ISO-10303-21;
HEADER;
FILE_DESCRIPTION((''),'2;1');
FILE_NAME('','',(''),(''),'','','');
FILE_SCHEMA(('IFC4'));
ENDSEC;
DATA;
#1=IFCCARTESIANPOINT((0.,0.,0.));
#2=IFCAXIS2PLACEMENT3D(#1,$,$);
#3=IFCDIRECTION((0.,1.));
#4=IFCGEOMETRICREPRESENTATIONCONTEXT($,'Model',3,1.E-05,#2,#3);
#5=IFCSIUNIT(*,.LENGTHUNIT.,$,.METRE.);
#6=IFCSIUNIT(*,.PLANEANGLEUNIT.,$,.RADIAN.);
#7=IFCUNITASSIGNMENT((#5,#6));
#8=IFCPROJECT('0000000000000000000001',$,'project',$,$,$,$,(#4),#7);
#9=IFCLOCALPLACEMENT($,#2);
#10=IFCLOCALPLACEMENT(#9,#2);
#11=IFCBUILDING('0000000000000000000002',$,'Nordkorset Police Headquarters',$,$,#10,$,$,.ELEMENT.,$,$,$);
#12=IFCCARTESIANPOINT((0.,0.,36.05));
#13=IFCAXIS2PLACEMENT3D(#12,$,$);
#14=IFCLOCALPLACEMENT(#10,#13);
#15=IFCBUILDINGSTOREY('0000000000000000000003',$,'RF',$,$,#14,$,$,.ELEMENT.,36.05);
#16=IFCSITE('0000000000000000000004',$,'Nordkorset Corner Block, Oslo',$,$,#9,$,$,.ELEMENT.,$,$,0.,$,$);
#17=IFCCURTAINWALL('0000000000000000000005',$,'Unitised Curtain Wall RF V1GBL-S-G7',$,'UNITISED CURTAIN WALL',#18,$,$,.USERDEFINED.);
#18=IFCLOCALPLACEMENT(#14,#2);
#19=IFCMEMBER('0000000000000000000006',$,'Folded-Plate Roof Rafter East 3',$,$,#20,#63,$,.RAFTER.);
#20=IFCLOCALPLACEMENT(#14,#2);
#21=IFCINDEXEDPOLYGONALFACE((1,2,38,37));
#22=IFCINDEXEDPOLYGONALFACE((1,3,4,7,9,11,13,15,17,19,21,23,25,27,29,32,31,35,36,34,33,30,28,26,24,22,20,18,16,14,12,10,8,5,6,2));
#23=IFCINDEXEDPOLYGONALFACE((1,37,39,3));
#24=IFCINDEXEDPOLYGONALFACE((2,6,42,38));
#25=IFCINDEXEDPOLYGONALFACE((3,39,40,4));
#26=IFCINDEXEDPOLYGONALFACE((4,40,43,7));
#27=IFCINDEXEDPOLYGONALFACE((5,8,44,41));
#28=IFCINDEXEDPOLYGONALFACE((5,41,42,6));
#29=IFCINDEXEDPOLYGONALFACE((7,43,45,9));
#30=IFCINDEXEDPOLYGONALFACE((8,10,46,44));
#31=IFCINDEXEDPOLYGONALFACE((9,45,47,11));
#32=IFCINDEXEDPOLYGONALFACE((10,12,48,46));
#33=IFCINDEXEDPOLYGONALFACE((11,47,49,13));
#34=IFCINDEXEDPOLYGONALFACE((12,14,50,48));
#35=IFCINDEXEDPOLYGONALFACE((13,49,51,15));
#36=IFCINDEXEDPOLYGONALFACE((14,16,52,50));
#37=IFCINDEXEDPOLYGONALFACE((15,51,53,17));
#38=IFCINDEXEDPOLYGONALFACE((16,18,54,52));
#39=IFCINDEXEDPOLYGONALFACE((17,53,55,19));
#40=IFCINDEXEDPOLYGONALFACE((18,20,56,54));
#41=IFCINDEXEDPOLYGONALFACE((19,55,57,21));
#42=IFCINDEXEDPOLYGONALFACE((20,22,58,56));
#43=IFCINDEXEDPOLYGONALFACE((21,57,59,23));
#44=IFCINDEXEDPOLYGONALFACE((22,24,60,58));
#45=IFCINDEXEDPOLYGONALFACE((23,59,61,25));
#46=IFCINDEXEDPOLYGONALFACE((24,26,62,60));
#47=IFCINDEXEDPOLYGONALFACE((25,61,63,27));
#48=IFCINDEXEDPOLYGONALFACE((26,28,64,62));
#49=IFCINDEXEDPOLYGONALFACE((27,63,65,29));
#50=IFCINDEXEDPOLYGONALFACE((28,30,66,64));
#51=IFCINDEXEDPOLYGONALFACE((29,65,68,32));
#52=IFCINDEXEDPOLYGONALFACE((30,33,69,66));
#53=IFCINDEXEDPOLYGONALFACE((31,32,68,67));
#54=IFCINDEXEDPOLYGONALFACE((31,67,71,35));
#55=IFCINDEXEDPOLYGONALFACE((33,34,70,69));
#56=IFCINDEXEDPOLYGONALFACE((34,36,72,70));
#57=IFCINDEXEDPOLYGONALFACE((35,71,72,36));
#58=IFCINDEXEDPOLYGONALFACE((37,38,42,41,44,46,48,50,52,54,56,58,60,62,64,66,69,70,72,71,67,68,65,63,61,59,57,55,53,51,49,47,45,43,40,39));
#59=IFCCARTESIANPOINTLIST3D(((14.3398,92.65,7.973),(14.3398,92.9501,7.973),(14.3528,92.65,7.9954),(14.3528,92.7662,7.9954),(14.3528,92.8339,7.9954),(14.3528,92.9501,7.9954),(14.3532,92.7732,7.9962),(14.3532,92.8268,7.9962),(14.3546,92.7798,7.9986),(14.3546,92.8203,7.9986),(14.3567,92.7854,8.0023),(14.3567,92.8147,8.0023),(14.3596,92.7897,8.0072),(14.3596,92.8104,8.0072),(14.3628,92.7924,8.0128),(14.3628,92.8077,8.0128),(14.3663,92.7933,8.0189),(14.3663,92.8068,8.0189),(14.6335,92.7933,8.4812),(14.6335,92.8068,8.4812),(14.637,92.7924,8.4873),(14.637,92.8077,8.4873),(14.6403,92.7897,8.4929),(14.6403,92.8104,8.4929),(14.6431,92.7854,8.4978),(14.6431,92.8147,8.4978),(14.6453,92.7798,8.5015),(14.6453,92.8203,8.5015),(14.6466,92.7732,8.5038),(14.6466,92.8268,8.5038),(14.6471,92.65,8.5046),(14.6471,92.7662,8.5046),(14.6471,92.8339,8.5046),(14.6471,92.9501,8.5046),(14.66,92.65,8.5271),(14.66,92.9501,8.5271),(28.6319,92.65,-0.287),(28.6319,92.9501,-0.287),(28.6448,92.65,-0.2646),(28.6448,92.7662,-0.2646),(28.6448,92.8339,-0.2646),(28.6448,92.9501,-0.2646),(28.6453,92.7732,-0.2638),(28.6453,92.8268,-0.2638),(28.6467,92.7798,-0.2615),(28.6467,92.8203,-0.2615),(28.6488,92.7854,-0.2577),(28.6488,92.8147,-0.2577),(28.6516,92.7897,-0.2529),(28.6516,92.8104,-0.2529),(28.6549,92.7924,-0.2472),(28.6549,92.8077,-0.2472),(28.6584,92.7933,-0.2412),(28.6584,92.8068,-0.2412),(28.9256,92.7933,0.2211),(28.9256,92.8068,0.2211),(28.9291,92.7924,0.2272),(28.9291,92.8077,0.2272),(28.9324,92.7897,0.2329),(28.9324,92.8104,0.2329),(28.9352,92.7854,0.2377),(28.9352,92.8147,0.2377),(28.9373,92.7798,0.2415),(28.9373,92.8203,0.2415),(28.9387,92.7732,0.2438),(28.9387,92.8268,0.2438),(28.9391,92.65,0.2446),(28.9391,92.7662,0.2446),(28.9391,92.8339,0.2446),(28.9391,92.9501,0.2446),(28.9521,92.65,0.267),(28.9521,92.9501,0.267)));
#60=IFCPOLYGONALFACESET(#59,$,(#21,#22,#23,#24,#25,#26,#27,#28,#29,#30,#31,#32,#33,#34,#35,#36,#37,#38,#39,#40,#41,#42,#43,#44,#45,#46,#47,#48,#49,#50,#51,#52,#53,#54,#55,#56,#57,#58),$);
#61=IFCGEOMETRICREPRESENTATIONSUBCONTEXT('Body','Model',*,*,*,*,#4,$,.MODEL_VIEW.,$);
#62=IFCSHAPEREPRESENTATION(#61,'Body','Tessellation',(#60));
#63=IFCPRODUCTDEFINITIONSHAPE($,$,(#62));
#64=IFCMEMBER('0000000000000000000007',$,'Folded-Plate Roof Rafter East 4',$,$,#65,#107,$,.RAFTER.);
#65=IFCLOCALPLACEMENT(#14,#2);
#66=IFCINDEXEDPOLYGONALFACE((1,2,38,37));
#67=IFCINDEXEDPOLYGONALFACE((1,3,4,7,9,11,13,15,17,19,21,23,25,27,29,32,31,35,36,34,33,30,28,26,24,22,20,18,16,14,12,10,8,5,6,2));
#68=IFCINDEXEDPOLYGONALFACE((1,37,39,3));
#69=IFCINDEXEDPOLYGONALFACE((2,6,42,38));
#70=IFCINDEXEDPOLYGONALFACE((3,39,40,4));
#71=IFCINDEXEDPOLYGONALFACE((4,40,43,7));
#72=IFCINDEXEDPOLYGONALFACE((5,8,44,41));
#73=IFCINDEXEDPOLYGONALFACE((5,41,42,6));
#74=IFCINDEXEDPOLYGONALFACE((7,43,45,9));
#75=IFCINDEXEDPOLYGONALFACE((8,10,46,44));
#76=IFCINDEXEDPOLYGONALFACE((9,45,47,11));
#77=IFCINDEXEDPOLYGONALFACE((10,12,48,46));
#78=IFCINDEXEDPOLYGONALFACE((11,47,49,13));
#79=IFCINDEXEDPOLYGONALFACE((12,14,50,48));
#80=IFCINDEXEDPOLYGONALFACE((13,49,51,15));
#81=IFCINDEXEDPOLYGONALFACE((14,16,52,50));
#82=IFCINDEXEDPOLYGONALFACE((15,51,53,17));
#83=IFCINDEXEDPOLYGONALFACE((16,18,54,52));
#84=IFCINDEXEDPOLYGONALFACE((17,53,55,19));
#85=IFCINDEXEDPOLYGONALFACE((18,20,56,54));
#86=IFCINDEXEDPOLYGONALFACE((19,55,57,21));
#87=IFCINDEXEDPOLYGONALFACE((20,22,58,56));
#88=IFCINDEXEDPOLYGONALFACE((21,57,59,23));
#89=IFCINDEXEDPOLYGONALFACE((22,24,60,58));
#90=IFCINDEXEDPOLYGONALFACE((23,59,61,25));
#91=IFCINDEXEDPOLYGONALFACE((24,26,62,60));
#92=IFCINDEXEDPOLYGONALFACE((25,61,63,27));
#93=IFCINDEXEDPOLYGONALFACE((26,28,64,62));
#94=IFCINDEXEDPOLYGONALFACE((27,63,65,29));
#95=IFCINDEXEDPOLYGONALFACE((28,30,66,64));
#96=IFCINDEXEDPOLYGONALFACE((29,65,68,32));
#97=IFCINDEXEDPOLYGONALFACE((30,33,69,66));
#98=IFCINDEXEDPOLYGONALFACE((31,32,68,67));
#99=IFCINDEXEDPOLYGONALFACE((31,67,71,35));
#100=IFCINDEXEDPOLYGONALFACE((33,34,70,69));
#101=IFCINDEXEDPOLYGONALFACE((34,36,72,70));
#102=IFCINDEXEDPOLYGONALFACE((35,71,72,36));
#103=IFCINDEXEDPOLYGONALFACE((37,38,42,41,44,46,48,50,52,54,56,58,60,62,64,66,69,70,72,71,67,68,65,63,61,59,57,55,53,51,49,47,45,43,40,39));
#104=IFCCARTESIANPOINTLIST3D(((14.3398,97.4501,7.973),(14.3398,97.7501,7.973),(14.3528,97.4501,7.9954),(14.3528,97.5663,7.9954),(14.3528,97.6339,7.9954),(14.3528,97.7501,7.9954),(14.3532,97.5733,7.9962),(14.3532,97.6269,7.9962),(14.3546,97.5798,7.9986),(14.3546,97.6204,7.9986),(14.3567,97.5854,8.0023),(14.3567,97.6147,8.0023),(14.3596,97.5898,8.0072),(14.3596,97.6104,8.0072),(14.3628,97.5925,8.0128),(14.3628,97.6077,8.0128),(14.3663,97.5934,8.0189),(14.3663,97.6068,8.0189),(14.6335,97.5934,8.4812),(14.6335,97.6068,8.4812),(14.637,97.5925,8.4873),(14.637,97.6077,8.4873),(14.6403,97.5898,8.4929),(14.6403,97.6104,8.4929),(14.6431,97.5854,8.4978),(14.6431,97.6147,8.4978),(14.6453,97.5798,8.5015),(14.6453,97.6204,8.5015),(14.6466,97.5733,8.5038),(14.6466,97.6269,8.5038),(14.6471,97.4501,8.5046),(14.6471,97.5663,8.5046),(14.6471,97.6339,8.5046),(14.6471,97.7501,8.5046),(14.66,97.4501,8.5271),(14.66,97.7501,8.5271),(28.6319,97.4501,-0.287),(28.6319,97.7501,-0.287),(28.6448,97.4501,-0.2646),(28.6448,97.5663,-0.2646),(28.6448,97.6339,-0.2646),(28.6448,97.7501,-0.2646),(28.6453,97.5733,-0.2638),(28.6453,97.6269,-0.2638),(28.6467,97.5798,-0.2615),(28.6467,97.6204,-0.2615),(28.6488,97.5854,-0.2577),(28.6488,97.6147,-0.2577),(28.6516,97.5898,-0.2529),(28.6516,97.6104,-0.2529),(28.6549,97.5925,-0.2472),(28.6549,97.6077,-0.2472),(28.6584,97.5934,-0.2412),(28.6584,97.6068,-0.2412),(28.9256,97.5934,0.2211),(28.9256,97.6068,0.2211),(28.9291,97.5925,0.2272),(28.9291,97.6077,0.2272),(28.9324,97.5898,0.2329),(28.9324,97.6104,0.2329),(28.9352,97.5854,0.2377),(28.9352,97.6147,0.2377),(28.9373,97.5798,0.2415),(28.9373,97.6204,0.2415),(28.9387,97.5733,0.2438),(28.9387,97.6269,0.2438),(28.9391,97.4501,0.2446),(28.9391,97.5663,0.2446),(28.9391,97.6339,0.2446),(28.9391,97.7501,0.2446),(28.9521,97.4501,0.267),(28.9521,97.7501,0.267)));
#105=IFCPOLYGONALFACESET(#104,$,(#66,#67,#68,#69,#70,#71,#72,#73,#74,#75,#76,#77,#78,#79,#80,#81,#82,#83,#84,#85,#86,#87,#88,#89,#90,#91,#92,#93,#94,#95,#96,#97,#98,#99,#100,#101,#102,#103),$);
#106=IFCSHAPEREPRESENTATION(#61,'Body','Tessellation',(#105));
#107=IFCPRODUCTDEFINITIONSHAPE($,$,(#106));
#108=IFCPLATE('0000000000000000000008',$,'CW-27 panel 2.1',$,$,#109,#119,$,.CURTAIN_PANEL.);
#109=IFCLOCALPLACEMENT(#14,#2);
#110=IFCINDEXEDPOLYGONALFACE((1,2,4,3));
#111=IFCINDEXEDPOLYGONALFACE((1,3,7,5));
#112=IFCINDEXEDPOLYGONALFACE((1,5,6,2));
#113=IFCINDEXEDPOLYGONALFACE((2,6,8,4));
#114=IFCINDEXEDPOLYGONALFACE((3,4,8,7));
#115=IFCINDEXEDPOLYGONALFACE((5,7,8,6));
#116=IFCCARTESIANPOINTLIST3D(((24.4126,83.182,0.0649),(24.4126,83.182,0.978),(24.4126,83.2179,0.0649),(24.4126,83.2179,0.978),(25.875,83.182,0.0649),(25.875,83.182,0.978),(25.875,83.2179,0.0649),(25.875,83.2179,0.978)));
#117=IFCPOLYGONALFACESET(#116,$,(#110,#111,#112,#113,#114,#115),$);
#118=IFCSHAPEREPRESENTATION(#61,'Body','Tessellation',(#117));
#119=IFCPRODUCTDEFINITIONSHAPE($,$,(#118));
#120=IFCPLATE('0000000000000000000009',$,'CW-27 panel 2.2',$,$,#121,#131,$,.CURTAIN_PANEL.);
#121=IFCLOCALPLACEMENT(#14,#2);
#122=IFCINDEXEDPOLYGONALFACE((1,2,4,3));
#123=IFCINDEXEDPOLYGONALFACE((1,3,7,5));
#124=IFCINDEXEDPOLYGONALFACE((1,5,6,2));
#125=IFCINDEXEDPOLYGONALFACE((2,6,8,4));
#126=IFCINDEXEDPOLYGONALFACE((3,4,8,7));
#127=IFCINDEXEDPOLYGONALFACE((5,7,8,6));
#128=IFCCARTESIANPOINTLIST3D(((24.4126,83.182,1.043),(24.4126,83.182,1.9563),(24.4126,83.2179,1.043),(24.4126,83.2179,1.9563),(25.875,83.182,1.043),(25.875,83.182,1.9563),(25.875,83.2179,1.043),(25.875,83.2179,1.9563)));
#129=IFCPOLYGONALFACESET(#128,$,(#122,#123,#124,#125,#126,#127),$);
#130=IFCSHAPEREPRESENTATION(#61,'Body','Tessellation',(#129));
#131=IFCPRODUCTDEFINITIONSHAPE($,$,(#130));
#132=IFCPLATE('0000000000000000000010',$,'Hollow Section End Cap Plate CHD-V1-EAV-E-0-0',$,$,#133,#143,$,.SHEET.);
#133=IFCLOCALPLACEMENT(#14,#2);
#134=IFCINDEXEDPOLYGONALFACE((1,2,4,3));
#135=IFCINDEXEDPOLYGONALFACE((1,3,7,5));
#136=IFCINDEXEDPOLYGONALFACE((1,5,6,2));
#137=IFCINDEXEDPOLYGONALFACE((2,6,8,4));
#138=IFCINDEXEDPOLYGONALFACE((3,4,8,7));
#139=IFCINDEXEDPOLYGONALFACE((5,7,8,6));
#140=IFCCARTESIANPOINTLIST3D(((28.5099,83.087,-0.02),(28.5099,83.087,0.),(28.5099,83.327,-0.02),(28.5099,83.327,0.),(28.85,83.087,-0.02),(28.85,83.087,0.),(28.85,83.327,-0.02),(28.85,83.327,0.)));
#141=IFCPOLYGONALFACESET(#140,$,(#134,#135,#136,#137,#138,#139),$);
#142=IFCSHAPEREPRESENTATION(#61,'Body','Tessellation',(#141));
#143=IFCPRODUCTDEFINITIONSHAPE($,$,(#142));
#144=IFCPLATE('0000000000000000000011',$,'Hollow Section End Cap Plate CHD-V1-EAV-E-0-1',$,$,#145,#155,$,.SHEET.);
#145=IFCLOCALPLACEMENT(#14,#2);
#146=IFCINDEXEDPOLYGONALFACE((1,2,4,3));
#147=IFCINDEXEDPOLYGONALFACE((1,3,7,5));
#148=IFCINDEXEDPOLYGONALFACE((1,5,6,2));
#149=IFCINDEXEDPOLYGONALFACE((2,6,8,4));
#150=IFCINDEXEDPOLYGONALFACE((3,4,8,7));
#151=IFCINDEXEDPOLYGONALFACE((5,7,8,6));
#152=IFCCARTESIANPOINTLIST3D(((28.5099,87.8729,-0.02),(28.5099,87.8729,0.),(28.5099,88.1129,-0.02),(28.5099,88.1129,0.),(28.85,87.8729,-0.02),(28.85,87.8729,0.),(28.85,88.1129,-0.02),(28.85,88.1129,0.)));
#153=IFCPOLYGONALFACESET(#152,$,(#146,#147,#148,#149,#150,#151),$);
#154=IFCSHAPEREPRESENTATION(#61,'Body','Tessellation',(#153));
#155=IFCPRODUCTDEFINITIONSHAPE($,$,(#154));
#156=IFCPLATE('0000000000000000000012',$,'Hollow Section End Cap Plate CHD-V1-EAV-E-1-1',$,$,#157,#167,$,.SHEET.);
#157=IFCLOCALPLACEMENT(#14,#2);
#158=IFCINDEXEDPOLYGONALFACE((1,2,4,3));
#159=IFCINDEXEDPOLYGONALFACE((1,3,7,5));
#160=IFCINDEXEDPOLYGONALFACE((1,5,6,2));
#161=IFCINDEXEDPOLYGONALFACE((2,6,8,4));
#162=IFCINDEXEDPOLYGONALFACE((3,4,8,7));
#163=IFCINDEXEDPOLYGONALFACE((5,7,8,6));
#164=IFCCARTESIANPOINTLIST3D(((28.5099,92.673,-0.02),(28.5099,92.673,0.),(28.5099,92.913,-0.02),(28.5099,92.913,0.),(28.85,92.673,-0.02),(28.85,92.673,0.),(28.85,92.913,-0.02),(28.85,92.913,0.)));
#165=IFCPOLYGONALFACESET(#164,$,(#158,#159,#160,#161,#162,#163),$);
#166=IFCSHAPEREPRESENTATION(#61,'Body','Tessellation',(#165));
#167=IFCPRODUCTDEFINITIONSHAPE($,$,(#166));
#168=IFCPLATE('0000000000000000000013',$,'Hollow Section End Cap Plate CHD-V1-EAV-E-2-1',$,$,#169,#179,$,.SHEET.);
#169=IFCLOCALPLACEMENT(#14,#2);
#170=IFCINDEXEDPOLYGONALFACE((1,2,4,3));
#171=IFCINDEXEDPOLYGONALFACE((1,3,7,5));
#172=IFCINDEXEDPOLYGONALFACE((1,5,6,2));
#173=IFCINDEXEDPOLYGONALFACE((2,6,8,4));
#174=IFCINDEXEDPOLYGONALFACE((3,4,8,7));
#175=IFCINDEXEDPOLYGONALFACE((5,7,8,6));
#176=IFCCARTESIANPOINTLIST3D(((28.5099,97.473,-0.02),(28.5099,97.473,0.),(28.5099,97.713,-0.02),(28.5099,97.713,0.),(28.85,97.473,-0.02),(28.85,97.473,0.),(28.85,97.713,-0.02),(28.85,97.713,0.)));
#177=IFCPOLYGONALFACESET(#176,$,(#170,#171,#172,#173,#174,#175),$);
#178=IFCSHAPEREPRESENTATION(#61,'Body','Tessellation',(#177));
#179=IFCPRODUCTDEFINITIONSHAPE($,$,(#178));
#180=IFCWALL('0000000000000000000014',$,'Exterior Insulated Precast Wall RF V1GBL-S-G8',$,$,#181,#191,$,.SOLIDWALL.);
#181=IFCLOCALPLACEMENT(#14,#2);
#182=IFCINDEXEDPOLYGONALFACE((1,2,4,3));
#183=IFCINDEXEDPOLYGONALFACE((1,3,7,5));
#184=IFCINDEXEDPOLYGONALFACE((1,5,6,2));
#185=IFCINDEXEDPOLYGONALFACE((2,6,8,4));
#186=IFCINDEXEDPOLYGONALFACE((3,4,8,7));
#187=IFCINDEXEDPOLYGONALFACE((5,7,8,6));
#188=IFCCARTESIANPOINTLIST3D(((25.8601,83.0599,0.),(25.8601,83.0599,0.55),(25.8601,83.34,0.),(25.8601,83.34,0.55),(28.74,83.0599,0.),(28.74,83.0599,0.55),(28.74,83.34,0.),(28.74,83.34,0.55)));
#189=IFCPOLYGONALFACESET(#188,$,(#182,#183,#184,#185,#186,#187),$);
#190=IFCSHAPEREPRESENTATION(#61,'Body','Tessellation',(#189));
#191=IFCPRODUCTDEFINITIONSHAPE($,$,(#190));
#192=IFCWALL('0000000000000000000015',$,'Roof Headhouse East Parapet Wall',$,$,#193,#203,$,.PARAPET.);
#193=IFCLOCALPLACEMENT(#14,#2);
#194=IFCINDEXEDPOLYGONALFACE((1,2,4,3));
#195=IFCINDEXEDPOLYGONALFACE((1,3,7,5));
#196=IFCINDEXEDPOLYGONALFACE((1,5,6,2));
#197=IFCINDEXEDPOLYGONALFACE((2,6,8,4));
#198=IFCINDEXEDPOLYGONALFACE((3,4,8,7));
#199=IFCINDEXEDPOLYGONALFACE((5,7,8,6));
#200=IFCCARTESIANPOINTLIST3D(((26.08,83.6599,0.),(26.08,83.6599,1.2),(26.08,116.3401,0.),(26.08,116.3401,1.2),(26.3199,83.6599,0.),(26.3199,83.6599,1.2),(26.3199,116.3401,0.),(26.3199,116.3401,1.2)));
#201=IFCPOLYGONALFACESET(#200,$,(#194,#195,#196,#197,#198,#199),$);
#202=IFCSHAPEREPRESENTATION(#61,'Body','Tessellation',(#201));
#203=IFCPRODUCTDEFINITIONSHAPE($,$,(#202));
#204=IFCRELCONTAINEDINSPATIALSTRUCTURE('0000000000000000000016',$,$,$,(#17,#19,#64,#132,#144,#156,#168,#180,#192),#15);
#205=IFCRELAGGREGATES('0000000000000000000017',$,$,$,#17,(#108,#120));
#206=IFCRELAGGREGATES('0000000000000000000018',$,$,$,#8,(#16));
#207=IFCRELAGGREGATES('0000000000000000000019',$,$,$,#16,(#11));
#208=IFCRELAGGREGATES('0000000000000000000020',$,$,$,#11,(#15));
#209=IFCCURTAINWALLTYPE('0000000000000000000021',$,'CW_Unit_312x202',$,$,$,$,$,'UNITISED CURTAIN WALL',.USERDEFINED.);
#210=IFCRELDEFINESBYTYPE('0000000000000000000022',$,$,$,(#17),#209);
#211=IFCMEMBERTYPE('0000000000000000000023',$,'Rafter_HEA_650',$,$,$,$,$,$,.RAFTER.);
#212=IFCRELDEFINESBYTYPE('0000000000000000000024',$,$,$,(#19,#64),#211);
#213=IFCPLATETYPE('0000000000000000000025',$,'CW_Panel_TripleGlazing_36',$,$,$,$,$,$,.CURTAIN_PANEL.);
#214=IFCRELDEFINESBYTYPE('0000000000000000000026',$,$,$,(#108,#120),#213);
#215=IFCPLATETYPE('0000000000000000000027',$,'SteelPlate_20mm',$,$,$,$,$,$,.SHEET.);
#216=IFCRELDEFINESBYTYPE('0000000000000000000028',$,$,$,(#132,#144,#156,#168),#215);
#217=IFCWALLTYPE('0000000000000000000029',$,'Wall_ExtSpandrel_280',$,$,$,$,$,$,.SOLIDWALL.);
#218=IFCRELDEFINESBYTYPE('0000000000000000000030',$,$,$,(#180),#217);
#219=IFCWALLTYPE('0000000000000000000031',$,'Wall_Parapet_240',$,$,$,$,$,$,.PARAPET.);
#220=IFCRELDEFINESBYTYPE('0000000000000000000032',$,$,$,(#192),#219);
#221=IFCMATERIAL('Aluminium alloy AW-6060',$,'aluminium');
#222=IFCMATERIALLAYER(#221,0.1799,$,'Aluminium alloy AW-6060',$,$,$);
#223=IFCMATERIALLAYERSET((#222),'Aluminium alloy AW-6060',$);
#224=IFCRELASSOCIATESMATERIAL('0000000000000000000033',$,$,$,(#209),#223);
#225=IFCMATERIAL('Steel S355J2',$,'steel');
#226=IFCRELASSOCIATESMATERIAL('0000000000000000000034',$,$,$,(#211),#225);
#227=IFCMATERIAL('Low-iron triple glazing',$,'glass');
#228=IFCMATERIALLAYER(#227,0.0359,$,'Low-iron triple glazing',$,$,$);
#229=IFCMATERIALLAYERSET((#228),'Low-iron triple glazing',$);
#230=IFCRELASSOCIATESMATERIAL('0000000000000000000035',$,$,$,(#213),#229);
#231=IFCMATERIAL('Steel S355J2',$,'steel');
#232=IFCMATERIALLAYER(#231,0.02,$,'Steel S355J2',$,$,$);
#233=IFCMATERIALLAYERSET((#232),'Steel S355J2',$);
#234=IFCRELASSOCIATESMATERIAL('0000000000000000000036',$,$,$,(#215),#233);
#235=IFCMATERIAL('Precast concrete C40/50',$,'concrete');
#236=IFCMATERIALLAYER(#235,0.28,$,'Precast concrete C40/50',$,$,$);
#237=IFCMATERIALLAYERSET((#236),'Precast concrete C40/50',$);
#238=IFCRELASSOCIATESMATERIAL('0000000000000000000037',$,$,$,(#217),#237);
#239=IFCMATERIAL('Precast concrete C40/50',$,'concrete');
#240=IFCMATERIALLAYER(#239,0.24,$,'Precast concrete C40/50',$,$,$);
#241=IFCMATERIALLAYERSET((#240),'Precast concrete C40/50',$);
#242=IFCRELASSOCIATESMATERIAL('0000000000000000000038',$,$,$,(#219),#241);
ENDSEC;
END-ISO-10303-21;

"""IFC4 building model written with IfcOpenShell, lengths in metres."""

from ifc_helpers import new_model, si_unit, direction, frame, frame_2d, origin, origin_2d, place, context, subcontext, project, spatial, rectangle, i_section, extrude, material, layer, layer_set, material_profile, profile_set, type_object, element, aggregate, save


model = new_model("IFC4")

# Units and contexts
model_context = context("Model", 3, precision=1e-05, world=origin(), true_north=direction((0.0, 1.0)))
body_context = subcontext(model_context, "Body", "Model", "MODEL_VIEW")
ifc_project = project(units=[si_unit("LENGTHUNIT", "METRE"), si_unit("PLANEANGLEUNIT", "RADIAN")], contexts=[model_context])

# Site, building, storey
site_placement = place(None, origin())
site = spatial("IfcSite", under=ifc_project, at=site_placement, Name="Nordkorset Corner Block, Oslo", CompositionType="ELEMENT", RefElevation=0.0)
building_placement = place(site_placement, origin())
building = spatial("IfcBuilding", under=site, at=building_placement, Name="Nordkorset Police Headquarters", CompositionType="ELEMENT")
storey_placement = place(building_placement, frame((0.0, 0.0, 36.05)))
storey = spatial("IfcBuildingStorey", under=building, at=storey_placement, Name="RF", CompositionType="ELEMENT", Elevation=36.05)

# Curtain wall
ifc_material_1 = material(Name="Aluminium alloy AW-6060", Category="aluminium")
ifc_layer_1 = layer(ifc_material_1, 0.1799, Name="Aluminium alloy AW-6060")
ifc_layer_set_1 = layer_set([ifc_layer_1], Name="Aluminium alloy AW-6060")
curtain_wall_type = type_object("IfcCurtainWallType", Name="CW_Unit_312x202", ElementType="UNITISED CURTAIN WALL", PredefinedType="USERDEFINED", material=ifc_layer_set_1)
curtain_wall_placement = place(storey_placement, origin())
curtain_wall = element("IfcCurtainWall", 1, at=curtain_wall_placement, inside=storey, type_object=curtain_wall_type, Name="Unitised Curtain Wall RF V1GBL-S-G7", ObjectType="UNITISED CURTAIN WALL", PredefinedType="USERDEFINED")

# Members
ifc_material_2 = material(Name="Steel S355J2", Category="steel")
ifc_material_profile_1 = material_profile(ifc_material_2, i_section(OverallWidth=0.3, OverallDepth=0.6399, WebThickness=0.0134, FlangeThickness=0.0259, FilletRadius=0.0271, at=origin_2d()), Name="HEA 650")
ifc_profile_set_1 = profile_set([ifc_material_profile_1], Name="Steel S355J2")
member_type_1 = type_object("IfcMemberType", Name="Rafter_HEA_650", PredefinedType="RAFTER", material=ifc_profile_set_1)
for number, where, z_axis, x_axis, name in (
    (2, (28.792, 92.8, -0.01), (-0.865802, 0.0, 0.500387), (0.0, -1.0, 0.0), "Folded-Plate Roof Rafter East 3"),
    (3, (28.792, 97.6001, -0.01), (-0.865802, 0.0, 0.500387), (0.0, -1.0, 0.0), "Folded-Plate Roof Rafter East 4"),
):
    element("IfcMember", number, at=place(storey_placement, frame(where, z_axis=z_axis, x_axis=x_axis)), inside=storey, type_object=member_type_1, Name=name, PredefinedType="RAFTER", context=body_context, shape_type="SweptSolid", body=[
        extrude(i_section(OverallWidth=0.3, OverallDepth=0.6399, WebThickness=0.0134, FlangeThickness=0.0259, FilletRadius=0.0271, at=origin_2d()), origin(), (0.0, 0.0, 1.0), 16.5073),
    ])

# Plates
ifc_material_3 = material(Name="Low-iron triple glazing", Category="glass")
ifc_layer_2 = layer(ifc_material_3, 0.0359, Name="Low-iron triple glazing")
ifc_layer_set_2 = layer_set([ifc_layer_2], Name="Low-iron triple glazing")
plate_type_1 = type_object("IfcPlateType", Name="CW_Panel_TripleGlazing_36", PredefinedType="CURTAIN_PANEL", material=ifc_layer_set_2)
plate_1_placement = place(storey_placement, frame((25.1438, 83.2, 0.0649), z_axis=(0.0, 0.0, 1.0), x_axis=(1.0, 0.0, 0.0)))
plate_1 = element("IfcPlate", 4, at=plate_1_placement, type_object=plate_type_1, Name="CW-27 panel 2.1", PredefinedType="CURTAIN_PANEL", context=body_context, shape_type="SweptSolid", body=[
    extrude(rectangle(XDim=1.4624, YDim=0.0359, at=origin_2d()), origin(), (0.0, 0.0, 1.0), 0.9131),
])
plate_2_placement = place(storey_placement, frame((25.1438, 83.2, 1.043), z_axis=(0.0, 0.0, 1.0), x_axis=(1.0, 0.0, 0.0)))
plate_2 = element("IfcPlate", 5, at=plate_2_placement, type_object=plate_type_1, Name="CW-27 panel 2.2", PredefinedType="CURTAIN_PANEL", context=body_context, shape_type="SweptSolid", body=[
    extrude(rectangle(XDim=1.4624, YDim=0.0359, at=origin_2d()), origin(), (0.0, 0.0, 1.0), 0.9133),
])
aggregate(curtain_wall, [plate_1, plate_2])

# Plates
ifc_material_4 = material(Name="Steel S355J2", Category="steel")
ifc_layer_3 = layer(ifc_material_4, 0.02, Name="Steel S355J2")
ifc_layer_set_3 = layer_set([ifc_layer_3], Name="Steel S355J2")
plate_type_2 = type_object("IfcPlateType", Name="SteelPlate_20mm", PredefinedType="SHEET", material=ifc_layer_set_3)
for number, where, z_axis, x_axis, name in (
    (6, (28.6799, 83.207, -0.02), (0.0, 0.0, 1.0), (1.0, 0.0, 0.0), "Hollow Section End Cap Plate CHD-V1-EAV-E-0-0"),
    (7, (28.6799, 87.9929, -0.02), (0.0, 0.0, 1.0), (1.0, 0.0, 0.0), "Hollow Section End Cap Plate CHD-V1-EAV-E-0-1"),
    (8, (28.6799, 92.793, -0.02), (0.0, 0.0, 1.0), (1.0, 0.0, 0.0), "Hollow Section End Cap Plate CHD-V1-EAV-E-1-1"),
    (9, (28.6799, 97.593, -0.02), (0.0, 0.0, 1.0), (1.0, 0.0, 0.0), "Hollow Section End Cap Plate CHD-V1-EAV-E-2-1"),
):
    element("IfcPlate", number, at=place(storey_placement, frame(where, z_axis=z_axis, x_axis=x_axis)), inside=storey, type_object=plate_type_2, Name=name, PredefinedType="SHEET", context=body_context, shape_type="SweptSolid", body=[
        extrude(rectangle(XDim=0.3401, YDim=0.24, at=origin_2d()), origin(), (0.0, 0.0, 1.0), 0.02),
    ])

# Walls
ifc_material_5 = material(Name="Precast concrete C40/50", Category="concrete")
ifc_layer_4 = layer(ifc_material_5, 0.28, Name="Precast concrete C40/50")
ifc_layer_set_4 = layer_set([ifc_layer_4], Name="Precast concrete C40/50")
wall_type_1 = type_object("IfcWallType", Name="Wall_ExtSpandrel_280", PredefinedType="SOLIDWALL", material=ifc_layer_set_4)
wall_1_placement = place(storey_placement, frame((25.8601, 83.2, 0.0), z_axis=(0.0, 0.0, 1.0), x_axis=(1.0, 0.0, 0.0)))
element("IfcWall", 10, at=wall_1_placement, inside=storey, type_object=wall_type_1, Name="Exterior Insulated Precast Wall RF V1GBL-S-G8", PredefinedType="SOLIDWALL", context=body_context, shape_type="SweptSolid", body=[
    extrude(rectangle(XDim=2.8799, YDim=0.28, at=frame_2d((1.4399, 0.0))), origin(), (0.0, 0.0, 1.0), 0.55),
])
ifc_material_6 = material(Name="Precast concrete C40/50", Category="concrete")
ifc_layer_5 = layer(ifc_material_6, 0.24, Name="Precast concrete C40/50")
ifc_layer_set_5 = layer_set([ifc_layer_5], Name="Precast concrete C40/50")
wall_type_2 = type_object("IfcWallType", Name="Wall_Parapet_240", PredefinedType="PARAPET", material=ifc_layer_set_5)
wall_2_placement = place(storey_placement, frame((26.2, 83.6599, 0.0), z_axis=(0.0, 0.0, 1.0), x_axis=(0.0, 1.0, 0.0)))
element("IfcWall", 11, at=wall_2_placement, inside=storey, type_object=wall_type_2, Name="Roof Headhouse East Parapet Wall", PredefinedType="PARAPET", context=body_context, shape_type="SweptSolid", body=[
    extrude(rectangle(XDim=32.6802, YDim=0.24, at=frame_2d((16.3401, 0.0))), origin(), (0.0, 0.0, 1.0), 1.2),
])

save(model, "model.ifc")
